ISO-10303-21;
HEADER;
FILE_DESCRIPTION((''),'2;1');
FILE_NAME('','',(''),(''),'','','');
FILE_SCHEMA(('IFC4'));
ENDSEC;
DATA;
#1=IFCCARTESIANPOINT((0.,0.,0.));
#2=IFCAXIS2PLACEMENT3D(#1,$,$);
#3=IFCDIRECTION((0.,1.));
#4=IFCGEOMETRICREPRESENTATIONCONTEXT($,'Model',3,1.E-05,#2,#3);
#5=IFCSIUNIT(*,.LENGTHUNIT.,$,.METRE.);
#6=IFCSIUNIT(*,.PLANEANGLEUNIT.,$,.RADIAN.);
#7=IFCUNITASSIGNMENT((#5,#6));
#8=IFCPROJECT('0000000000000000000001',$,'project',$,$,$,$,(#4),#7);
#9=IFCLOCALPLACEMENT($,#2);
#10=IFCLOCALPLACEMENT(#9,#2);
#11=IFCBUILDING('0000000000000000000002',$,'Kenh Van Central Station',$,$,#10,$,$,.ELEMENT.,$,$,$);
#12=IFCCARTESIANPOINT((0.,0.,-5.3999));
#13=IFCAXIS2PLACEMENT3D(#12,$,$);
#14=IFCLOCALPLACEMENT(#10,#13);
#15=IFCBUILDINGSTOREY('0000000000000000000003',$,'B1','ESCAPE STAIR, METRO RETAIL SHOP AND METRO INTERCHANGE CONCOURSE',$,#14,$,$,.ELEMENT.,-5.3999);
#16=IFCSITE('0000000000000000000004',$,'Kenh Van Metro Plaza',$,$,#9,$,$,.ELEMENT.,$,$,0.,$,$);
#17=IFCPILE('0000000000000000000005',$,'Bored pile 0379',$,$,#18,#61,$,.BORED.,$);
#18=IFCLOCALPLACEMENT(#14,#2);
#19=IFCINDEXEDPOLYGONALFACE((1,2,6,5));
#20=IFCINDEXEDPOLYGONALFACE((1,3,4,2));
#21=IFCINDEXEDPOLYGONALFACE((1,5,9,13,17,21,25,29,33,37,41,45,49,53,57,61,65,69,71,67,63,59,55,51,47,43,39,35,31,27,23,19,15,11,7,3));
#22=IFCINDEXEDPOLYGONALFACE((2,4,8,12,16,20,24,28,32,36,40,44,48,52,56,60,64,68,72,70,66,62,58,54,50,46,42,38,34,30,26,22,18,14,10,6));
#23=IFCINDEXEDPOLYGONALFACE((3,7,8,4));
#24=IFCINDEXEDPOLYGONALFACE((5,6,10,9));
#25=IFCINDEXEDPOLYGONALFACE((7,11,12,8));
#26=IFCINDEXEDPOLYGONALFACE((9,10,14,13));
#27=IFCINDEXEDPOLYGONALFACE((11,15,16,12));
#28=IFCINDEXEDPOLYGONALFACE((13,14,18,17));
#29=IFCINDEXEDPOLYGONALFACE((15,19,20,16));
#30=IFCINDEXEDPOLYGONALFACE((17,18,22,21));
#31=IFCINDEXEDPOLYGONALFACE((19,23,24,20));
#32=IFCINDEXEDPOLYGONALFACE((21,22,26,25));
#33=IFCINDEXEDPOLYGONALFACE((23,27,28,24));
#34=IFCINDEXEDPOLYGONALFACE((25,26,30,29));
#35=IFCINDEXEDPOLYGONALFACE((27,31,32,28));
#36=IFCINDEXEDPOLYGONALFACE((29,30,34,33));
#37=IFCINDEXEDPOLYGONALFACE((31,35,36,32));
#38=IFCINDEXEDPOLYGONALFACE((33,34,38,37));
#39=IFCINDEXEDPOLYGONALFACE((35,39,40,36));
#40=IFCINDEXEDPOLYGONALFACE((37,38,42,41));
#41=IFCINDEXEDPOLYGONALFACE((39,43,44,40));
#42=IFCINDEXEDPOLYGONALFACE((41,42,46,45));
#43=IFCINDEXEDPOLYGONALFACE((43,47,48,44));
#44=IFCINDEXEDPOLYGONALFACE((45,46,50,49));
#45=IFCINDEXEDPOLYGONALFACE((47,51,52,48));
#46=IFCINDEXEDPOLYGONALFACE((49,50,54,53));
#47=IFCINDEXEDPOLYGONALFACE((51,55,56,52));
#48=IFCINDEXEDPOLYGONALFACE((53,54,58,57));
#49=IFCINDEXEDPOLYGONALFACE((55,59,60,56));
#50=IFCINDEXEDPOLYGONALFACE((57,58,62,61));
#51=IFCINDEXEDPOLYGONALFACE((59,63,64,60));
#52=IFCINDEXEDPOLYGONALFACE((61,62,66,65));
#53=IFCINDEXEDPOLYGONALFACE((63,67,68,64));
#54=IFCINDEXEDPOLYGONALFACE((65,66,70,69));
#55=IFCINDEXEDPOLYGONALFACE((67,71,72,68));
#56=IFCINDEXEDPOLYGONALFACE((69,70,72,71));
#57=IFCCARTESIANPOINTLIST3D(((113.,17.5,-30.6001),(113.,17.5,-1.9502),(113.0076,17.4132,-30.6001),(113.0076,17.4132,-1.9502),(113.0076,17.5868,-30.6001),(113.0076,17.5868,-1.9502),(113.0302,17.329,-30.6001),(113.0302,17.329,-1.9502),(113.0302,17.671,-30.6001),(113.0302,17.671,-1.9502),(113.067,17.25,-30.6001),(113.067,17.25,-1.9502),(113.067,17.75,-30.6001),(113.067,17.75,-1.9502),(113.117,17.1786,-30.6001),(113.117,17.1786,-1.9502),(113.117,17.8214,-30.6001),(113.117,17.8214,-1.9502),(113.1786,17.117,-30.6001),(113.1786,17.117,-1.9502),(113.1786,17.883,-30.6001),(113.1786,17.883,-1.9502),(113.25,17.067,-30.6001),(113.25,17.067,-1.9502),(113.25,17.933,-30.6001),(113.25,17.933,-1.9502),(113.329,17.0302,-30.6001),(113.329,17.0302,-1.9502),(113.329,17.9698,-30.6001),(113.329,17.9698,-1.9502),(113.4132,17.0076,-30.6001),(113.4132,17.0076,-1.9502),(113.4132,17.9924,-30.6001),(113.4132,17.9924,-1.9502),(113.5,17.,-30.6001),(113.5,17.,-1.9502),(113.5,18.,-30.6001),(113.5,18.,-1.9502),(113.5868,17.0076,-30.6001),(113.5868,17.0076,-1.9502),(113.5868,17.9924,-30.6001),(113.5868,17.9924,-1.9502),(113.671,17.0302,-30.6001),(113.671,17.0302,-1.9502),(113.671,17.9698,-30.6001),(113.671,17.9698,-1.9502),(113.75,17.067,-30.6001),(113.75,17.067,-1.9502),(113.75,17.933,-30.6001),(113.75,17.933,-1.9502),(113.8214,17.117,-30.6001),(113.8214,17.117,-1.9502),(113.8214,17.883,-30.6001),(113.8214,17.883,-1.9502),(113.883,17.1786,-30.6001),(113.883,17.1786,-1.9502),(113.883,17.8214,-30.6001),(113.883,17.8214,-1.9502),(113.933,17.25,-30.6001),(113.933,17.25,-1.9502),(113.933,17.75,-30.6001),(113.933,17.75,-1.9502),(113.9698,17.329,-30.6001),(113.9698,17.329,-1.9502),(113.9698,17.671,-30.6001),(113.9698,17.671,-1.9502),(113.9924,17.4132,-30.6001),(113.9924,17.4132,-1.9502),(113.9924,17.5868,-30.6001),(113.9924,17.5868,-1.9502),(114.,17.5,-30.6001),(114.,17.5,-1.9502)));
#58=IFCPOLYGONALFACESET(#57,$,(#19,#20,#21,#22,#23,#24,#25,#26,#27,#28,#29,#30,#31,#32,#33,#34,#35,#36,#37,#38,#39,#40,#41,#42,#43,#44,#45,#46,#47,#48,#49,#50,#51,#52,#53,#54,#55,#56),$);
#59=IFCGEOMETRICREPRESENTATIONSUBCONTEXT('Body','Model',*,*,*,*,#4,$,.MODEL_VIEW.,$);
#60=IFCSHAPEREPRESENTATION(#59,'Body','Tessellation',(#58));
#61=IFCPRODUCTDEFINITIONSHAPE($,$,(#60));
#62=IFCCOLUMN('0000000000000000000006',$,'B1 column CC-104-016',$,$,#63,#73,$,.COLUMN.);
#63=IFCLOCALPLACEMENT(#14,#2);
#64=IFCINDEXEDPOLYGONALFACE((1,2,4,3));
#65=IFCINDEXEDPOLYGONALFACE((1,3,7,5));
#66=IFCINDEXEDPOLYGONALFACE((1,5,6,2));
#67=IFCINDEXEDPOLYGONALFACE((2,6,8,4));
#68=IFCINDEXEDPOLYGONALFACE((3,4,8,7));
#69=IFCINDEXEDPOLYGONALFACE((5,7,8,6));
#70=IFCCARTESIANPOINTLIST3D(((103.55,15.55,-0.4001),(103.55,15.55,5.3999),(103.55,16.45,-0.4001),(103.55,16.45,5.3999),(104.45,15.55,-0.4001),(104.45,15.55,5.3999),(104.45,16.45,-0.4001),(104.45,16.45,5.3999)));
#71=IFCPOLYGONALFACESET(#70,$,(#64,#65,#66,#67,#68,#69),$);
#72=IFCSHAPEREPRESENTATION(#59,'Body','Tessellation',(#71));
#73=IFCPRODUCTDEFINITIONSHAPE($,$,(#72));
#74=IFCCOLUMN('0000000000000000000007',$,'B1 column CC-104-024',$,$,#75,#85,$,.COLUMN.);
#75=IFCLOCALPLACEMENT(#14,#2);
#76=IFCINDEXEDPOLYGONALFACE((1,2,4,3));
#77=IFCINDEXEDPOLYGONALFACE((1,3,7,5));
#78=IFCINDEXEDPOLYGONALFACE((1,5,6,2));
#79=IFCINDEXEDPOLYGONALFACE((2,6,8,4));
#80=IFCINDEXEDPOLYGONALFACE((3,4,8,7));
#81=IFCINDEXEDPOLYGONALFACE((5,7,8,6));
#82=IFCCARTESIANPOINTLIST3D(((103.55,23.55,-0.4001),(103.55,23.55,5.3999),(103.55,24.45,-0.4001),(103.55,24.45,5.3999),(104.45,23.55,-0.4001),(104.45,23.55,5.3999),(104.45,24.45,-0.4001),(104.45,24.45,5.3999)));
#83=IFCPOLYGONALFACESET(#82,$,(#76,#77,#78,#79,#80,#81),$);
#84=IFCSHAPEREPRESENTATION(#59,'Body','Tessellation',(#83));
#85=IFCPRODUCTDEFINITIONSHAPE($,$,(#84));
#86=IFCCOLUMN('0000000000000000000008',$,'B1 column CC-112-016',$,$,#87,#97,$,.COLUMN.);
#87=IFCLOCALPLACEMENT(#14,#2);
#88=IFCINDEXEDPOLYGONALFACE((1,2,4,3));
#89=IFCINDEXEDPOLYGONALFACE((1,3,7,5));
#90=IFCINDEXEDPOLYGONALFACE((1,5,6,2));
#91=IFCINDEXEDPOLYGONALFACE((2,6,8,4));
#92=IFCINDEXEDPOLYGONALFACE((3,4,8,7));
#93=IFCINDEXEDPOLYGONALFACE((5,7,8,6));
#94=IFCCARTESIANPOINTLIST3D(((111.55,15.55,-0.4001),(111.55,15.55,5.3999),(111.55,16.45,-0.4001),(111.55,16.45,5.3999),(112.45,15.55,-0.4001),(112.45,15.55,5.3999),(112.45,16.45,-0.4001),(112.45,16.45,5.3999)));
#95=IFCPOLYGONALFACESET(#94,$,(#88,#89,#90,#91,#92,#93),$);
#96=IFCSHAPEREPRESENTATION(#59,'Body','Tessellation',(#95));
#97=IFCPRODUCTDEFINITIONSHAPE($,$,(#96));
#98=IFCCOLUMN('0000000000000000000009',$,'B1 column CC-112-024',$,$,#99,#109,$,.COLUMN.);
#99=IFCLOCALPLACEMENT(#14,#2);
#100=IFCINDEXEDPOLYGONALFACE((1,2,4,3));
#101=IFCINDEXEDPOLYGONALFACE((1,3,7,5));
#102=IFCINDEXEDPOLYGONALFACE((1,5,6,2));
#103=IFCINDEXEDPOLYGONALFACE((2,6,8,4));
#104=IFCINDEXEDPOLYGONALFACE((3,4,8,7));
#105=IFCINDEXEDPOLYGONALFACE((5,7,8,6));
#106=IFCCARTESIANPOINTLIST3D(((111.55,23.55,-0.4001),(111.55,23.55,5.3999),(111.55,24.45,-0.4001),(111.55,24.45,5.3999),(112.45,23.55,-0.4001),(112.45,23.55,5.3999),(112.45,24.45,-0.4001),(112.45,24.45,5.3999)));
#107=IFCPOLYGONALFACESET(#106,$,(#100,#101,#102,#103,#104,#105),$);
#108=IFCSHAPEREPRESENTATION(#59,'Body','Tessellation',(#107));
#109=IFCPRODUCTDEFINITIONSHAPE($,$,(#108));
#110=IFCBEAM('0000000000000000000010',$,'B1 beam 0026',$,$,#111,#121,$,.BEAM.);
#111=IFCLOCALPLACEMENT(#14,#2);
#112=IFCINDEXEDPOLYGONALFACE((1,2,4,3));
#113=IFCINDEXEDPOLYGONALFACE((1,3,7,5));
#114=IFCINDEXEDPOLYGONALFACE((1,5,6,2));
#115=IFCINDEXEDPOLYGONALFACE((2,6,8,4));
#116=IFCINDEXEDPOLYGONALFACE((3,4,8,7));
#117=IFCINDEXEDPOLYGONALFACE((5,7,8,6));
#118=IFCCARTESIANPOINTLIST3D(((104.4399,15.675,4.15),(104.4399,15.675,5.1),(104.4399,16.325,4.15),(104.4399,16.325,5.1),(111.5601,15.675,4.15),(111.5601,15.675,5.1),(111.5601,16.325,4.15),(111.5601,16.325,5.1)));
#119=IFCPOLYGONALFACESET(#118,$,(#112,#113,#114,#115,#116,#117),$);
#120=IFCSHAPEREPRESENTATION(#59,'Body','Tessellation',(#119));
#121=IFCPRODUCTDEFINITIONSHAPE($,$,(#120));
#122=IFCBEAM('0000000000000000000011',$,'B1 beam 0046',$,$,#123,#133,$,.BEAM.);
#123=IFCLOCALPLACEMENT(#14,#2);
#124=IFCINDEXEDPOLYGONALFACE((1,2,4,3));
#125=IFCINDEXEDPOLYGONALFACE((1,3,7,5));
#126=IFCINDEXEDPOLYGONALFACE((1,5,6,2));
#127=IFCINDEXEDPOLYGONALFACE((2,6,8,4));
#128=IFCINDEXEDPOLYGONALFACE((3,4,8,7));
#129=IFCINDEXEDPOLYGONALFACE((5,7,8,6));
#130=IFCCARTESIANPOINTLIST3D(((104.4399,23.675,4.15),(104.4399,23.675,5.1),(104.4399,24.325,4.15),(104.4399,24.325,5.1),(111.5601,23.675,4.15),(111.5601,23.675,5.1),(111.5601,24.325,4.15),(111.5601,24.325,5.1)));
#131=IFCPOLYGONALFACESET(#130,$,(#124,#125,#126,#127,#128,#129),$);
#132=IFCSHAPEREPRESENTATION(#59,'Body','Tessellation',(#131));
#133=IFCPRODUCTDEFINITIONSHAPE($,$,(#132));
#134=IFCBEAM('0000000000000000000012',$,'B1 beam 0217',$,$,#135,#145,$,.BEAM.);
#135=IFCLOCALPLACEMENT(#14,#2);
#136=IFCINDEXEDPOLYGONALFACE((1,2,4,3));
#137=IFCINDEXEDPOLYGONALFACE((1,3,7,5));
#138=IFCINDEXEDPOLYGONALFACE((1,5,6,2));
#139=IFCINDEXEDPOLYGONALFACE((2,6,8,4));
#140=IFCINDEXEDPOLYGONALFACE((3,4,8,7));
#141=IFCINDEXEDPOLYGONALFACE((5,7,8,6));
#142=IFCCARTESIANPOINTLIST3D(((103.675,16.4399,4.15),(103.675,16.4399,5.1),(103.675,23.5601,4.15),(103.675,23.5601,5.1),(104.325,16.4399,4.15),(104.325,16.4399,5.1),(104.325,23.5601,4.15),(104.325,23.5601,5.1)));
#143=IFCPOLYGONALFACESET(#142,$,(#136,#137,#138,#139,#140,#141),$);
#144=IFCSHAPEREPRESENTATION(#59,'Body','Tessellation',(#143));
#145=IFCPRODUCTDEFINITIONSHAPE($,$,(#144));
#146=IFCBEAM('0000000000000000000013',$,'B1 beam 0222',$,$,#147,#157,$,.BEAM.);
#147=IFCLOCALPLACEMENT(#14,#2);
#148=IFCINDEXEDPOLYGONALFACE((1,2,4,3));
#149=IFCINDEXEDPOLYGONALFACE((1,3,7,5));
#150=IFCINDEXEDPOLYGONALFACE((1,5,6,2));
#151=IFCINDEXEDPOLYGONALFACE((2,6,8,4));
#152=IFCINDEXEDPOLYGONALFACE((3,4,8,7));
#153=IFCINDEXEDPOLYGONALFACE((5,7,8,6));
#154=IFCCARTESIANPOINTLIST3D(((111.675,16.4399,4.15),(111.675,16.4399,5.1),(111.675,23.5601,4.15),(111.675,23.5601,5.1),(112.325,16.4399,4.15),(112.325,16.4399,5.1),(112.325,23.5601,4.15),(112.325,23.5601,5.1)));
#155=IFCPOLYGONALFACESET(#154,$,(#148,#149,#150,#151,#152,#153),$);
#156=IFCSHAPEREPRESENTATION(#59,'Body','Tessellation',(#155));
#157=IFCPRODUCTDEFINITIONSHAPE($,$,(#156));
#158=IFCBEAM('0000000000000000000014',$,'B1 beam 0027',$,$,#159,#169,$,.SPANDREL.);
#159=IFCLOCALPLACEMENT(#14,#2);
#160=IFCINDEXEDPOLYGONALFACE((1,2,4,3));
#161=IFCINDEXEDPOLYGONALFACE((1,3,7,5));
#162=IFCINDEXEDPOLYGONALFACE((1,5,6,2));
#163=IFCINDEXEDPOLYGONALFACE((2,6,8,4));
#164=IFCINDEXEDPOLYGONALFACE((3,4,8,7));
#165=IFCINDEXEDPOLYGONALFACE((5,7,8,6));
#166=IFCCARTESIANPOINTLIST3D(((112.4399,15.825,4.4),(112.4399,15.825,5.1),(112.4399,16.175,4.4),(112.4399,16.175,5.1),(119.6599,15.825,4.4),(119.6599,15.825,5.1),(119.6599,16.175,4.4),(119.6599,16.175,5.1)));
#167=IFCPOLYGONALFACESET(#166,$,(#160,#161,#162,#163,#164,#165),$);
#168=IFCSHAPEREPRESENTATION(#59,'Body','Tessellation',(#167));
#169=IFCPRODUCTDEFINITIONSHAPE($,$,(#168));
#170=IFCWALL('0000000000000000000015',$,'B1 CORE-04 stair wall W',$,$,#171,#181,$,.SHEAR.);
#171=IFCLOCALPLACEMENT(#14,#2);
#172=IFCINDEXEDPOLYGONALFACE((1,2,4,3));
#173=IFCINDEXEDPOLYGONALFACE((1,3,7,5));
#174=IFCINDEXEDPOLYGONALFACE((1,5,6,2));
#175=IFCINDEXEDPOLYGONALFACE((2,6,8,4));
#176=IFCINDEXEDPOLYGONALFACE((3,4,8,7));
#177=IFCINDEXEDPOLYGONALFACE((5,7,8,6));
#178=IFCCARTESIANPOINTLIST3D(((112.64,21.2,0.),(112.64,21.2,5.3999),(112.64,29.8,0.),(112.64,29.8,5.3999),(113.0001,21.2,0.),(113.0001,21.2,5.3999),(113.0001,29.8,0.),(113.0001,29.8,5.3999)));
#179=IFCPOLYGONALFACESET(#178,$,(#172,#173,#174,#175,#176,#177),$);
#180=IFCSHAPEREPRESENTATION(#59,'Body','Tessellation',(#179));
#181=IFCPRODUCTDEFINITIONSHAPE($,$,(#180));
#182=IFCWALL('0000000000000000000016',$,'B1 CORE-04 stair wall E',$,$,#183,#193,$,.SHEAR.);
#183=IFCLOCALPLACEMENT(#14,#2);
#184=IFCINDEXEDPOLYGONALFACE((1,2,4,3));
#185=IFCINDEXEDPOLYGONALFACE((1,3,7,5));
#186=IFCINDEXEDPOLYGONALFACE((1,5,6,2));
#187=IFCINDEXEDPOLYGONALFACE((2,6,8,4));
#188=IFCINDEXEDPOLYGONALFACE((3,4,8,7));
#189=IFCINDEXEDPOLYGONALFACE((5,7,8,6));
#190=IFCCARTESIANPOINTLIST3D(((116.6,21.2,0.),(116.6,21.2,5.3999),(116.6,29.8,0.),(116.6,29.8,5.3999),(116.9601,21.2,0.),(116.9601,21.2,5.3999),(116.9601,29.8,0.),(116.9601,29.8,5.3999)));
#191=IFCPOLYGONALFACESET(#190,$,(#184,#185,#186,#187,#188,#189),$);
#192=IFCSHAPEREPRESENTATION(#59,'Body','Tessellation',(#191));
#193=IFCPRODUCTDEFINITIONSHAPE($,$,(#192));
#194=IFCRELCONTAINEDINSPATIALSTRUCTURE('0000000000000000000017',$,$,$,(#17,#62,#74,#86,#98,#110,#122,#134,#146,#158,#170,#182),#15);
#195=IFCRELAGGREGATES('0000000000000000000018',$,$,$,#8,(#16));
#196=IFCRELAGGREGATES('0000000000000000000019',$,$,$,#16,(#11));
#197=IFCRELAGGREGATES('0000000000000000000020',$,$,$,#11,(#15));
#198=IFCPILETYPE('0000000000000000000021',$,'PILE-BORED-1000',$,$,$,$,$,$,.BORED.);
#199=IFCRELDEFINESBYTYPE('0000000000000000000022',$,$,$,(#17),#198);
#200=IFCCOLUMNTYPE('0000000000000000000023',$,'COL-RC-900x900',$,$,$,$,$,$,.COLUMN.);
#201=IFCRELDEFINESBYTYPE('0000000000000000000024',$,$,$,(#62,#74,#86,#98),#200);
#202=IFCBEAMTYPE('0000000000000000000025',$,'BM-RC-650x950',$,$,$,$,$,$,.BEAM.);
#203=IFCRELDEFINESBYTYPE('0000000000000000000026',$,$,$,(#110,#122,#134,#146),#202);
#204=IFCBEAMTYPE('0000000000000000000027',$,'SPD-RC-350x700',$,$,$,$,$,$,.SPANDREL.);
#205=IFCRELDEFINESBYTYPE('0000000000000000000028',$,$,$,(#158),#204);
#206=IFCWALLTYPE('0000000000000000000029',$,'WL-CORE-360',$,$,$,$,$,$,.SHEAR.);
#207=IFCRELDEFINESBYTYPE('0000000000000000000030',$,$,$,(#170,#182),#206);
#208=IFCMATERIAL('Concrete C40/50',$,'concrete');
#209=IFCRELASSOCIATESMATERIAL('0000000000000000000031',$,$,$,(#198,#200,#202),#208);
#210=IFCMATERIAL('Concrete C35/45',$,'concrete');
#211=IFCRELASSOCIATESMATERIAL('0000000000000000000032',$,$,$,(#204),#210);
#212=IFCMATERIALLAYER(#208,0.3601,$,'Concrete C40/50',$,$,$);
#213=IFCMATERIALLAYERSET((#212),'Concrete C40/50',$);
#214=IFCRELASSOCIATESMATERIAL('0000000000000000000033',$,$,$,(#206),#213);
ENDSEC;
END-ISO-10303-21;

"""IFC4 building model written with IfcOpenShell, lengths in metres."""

from ifc_helpers import new_model, si_unit, direction, frame, frame_2d, origin, origin_2d, place, context, subcontext, project, spatial, rectangle, circle, extrude, material, layer, layer_set, material_profile, profile_set, type_object, element, save


model = new_model("IFC4")

# Units and contexts
model_context = context("Model", 3, precision=1e-05, world=origin(), true_north=direction((0.0, 1.0)))
body_context = subcontext(model_context, "Body", "Model", "MODEL_VIEW")
ifc_project = project(units=[si_unit("LENGTHUNIT", "METRE"), si_unit("PLANEANGLEUNIT", "RADIAN")], contexts=[model_context])

# Site, building, storey
site_placement = place(None, origin())
site = spatial("IfcSite", under=ifc_project, at=site_placement, Name="Kenh Van Metro Plaza", CompositionType="ELEMENT", RefElevation=0.0)
building_placement = place(site_placement, origin())
building = spatial("IfcBuilding", under=site, at=building_placement, Name="Kenh Van Central Station", CompositionType="ELEMENT")
storey_placement = place(building_placement, frame((0.0, 0.0, -5.3999)))
storey = spatial("IfcBuildingStorey", under=building, at=storey_placement, Name="B1", Description="ESCAPE STAIR, METRO RETAIL SHOP AND METRO INTERCHANGE CONCOURSE", CompositionType="ELEMENT", Elevation=-5.3999)

# Shared definitions
ifc_material_1 = material(Name="Concrete C40/50", Category="concrete")

# Pile
ifc_material_profile_1 = material_profile(ifc_material_1, circle(Radius=0.5, at=origin_2d()), Name="PILE D1000")
ifc_profile_set_1 = profile_set([ifc_material_profile_1], Name="Concrete C40/50")
pile_type = type_object("IfcPileType", Name="PILE-BORED-1000", PredefinedType="BORED", material=ifc_profile_set_1)
for number, where, z_axis, x_axis, name in (
    (1, (113.5, 17.5, -1.9502), (0.0, 0.0, -1.0), (1.0, 0.0, 0.0), "Bored pile 0379"),
):
    element("IfcPile", number, at=place(storey_placement, frame(where, z_axis=z_axis, x_axis=x_axis)), inside=storey, type_object=pile_type, Name=name, PredefinedType="BORED", context=body_context, shape_type="SweptSolid", body=[
        extrude(circle(Radius=0.5, at=origin_2d()), origin(), (0.0, 0.0, 1.0), 28.6499),
    ])

# Columns
ifc_material_profile_2 = material_profile(ifc_material_1, rectangle(XDim=0.8999, YDim=0.8999, at=origin_2d()), Name="RC 900x900")
ifc_profile_set_2 = profile_set([ifc_material_profile_2], Name="Concrete C40/50")
column_type = type_object("IfcColumnType", Name="COL-RC-900x900", PredefinedType="COLUMN", material=ifc_profile_set_2)
for number, where, z_axis, x_axis, name in (
    (2, (104.0, 16.0, -0.4001), (0.0, 0.0, 1.0), (1.0, 0.0, 0.0), "B1 column CC-104-016"),
    (3, (104.0, 24.0, -0.4001), (0.0, 0.0, 1.0), (1.0, 0.0, 0.0), "B1 column CC-104-024"),
    (4, (112.0, 16.0, -0.4001), (0.0, 0.0, 1.0), (1.0, 0.0, 0.0), "B1 column CC-112-016"),
    (5, (112.0, 24.0, -0.4001), (0.0, 0.0, 1.0), (1.0, 0.0, 0.0), "B1 column CC-112-024"),
):
    element("IfcColumn", number, at=place(storey_placement, frame(where, z_axis=z_axis, x_axis=x_axis)), inside=storey, type_object=column_type, Name=name, PredefinedType="COLUMN", context=body_context, shape_type="SweptSolid", body=[
        extrude(rectangle(XDim=0.8999, YDim=0.8999, at=origin_2d()), origin(), (0.0, 0.0, 1.0), 5.8),
    ])

# Beams
ifc_material_profile_3 = material_profile(ifc_material_1, rectangle(XDim=0.6499, YDim=0.95, at=origin_2d()), Name="RC 650x950")
ifc_profile_set_3 = profile_set([ifc_material_profile_3], Name="Concrete C40/50")
beam_type_1 = type_object("IfcBeamType", Name="BM-RC-650x950", PredefinedType="BEAM", material=ifc_profile_set_3)
for number, where, z_axis, x_axis, name in (
    (6, (104.4399, 16.0, 4.625), (1.0, 0.0, 0.0), (0.0, 1.0, 0.0), "B1 beam 0026"),
    (7, (104.4399, 24.0, 4.625), (1.0, 0.0, 0.0), (0.0, 1.0, 0.0), "B1 beam 0046"),
    (8, (104.0, 16.4399, 4.625), (0.0, 1.0, 0.0), (-1.0, 0.0, 0.0), "B1 beam 0217"),
    (9, (112.0, 16.4399, 4.625), (0.0, 1.0, 0.0), (-1.0, 0.0, 0.0), "B1 beam 0222"),
):
    element("IfcBeam", number, at=place(storey_placement, frame(where, z_axis=z_axis, x_axis=x_axis)), inside=storey, type_object=beam_type_1, Name=name, PredefinedType="BEAM", context=body_context, shape_type="SweptSolid", body=[
        extrude(rectangle(XDim=0.6499, YDim=0.95, at=origin_2d()), origin(), (0.0, 0.0, 1.0), 7.1201),
    ])
ifc_material_2 = material(Name="Concrete C35/45", Category="concrete")
ifc_material_profile_4 = material_profile(ifc_material_2, rectangle(XDim=0.3501, YDim=0.7, at=origin_2d()), Name="RC 350x700")
ifc_profile_set_4 = profile_set([ifc_material_profile_4], Name="Concrete C35/45")
beam_type_2 = type_object("IfcBeamType", Name="SPD-RC-350x700", PredefinedType="SPANDREL", material=ifc_profile_set_4)
beam_placement = place(storey_placement, frame((112.4399, 16.0, 4.75), z_axis=(1.0, 0.0, 0.0), x_axis=(0.0, 1.0, 0.0)))
element("IfcBeam", 10, at=beam_placement, inside=storey, type_object=beam_type_2, Name="B1 beam 0027", PredefinedType="SPANDREL", context=body_context, shape_type="SweptSolid", body=[
    extrude(rectangle(XDim=0.3501, YDim=0.7, at=origin_2d()), origin(), (0.0, 0.0, 1.0), 7.22),
])

# Shared definitions
ifc_layer_1 = layer(ifc_material_1, 0.3601, Name="Concrete C40/50")
ifc_layer_set_1 = layer_set([ifc_layer_1], Name="Concrete C40/50")
wall_type_1 = type_object("IfcWallType", Name="WL-CORE-360", PredefinedType="SHEAR", material=ifc_layer_set_1)

# Walls
for number, where, z_axis, x_axis, name in (
    (11, (112.8201, 21.2, 0.0), (0.0, 0.0, 1.0), (0.0, 1.0, 0.0), "B1 CORE-04 stair wall W"),
    (12, (116.78, 21.2, 0.0), (0.0, 0.0, 1.0), (0.0, 1.0, 0.0), "B1 CORE-04 stair wall E"),
):
    element("IfcWall", number, at=place(storey_placement, frame(where, z_axis=z_axis, x_axis=x_axis)), inside=storey, type_object=wall_type_1, Name=name, PredefinedType="SHEAR", context=body_context, shape_type="SweptSolid", body=[
        extrude(rectangle(XDim=8.6001, YDim=0.3601, at=frame_2d((4.3, 0.0))), origin(), (0.0, 0.0, 1.0), 5.3999),
    ])

save(model, "model.ifc")
